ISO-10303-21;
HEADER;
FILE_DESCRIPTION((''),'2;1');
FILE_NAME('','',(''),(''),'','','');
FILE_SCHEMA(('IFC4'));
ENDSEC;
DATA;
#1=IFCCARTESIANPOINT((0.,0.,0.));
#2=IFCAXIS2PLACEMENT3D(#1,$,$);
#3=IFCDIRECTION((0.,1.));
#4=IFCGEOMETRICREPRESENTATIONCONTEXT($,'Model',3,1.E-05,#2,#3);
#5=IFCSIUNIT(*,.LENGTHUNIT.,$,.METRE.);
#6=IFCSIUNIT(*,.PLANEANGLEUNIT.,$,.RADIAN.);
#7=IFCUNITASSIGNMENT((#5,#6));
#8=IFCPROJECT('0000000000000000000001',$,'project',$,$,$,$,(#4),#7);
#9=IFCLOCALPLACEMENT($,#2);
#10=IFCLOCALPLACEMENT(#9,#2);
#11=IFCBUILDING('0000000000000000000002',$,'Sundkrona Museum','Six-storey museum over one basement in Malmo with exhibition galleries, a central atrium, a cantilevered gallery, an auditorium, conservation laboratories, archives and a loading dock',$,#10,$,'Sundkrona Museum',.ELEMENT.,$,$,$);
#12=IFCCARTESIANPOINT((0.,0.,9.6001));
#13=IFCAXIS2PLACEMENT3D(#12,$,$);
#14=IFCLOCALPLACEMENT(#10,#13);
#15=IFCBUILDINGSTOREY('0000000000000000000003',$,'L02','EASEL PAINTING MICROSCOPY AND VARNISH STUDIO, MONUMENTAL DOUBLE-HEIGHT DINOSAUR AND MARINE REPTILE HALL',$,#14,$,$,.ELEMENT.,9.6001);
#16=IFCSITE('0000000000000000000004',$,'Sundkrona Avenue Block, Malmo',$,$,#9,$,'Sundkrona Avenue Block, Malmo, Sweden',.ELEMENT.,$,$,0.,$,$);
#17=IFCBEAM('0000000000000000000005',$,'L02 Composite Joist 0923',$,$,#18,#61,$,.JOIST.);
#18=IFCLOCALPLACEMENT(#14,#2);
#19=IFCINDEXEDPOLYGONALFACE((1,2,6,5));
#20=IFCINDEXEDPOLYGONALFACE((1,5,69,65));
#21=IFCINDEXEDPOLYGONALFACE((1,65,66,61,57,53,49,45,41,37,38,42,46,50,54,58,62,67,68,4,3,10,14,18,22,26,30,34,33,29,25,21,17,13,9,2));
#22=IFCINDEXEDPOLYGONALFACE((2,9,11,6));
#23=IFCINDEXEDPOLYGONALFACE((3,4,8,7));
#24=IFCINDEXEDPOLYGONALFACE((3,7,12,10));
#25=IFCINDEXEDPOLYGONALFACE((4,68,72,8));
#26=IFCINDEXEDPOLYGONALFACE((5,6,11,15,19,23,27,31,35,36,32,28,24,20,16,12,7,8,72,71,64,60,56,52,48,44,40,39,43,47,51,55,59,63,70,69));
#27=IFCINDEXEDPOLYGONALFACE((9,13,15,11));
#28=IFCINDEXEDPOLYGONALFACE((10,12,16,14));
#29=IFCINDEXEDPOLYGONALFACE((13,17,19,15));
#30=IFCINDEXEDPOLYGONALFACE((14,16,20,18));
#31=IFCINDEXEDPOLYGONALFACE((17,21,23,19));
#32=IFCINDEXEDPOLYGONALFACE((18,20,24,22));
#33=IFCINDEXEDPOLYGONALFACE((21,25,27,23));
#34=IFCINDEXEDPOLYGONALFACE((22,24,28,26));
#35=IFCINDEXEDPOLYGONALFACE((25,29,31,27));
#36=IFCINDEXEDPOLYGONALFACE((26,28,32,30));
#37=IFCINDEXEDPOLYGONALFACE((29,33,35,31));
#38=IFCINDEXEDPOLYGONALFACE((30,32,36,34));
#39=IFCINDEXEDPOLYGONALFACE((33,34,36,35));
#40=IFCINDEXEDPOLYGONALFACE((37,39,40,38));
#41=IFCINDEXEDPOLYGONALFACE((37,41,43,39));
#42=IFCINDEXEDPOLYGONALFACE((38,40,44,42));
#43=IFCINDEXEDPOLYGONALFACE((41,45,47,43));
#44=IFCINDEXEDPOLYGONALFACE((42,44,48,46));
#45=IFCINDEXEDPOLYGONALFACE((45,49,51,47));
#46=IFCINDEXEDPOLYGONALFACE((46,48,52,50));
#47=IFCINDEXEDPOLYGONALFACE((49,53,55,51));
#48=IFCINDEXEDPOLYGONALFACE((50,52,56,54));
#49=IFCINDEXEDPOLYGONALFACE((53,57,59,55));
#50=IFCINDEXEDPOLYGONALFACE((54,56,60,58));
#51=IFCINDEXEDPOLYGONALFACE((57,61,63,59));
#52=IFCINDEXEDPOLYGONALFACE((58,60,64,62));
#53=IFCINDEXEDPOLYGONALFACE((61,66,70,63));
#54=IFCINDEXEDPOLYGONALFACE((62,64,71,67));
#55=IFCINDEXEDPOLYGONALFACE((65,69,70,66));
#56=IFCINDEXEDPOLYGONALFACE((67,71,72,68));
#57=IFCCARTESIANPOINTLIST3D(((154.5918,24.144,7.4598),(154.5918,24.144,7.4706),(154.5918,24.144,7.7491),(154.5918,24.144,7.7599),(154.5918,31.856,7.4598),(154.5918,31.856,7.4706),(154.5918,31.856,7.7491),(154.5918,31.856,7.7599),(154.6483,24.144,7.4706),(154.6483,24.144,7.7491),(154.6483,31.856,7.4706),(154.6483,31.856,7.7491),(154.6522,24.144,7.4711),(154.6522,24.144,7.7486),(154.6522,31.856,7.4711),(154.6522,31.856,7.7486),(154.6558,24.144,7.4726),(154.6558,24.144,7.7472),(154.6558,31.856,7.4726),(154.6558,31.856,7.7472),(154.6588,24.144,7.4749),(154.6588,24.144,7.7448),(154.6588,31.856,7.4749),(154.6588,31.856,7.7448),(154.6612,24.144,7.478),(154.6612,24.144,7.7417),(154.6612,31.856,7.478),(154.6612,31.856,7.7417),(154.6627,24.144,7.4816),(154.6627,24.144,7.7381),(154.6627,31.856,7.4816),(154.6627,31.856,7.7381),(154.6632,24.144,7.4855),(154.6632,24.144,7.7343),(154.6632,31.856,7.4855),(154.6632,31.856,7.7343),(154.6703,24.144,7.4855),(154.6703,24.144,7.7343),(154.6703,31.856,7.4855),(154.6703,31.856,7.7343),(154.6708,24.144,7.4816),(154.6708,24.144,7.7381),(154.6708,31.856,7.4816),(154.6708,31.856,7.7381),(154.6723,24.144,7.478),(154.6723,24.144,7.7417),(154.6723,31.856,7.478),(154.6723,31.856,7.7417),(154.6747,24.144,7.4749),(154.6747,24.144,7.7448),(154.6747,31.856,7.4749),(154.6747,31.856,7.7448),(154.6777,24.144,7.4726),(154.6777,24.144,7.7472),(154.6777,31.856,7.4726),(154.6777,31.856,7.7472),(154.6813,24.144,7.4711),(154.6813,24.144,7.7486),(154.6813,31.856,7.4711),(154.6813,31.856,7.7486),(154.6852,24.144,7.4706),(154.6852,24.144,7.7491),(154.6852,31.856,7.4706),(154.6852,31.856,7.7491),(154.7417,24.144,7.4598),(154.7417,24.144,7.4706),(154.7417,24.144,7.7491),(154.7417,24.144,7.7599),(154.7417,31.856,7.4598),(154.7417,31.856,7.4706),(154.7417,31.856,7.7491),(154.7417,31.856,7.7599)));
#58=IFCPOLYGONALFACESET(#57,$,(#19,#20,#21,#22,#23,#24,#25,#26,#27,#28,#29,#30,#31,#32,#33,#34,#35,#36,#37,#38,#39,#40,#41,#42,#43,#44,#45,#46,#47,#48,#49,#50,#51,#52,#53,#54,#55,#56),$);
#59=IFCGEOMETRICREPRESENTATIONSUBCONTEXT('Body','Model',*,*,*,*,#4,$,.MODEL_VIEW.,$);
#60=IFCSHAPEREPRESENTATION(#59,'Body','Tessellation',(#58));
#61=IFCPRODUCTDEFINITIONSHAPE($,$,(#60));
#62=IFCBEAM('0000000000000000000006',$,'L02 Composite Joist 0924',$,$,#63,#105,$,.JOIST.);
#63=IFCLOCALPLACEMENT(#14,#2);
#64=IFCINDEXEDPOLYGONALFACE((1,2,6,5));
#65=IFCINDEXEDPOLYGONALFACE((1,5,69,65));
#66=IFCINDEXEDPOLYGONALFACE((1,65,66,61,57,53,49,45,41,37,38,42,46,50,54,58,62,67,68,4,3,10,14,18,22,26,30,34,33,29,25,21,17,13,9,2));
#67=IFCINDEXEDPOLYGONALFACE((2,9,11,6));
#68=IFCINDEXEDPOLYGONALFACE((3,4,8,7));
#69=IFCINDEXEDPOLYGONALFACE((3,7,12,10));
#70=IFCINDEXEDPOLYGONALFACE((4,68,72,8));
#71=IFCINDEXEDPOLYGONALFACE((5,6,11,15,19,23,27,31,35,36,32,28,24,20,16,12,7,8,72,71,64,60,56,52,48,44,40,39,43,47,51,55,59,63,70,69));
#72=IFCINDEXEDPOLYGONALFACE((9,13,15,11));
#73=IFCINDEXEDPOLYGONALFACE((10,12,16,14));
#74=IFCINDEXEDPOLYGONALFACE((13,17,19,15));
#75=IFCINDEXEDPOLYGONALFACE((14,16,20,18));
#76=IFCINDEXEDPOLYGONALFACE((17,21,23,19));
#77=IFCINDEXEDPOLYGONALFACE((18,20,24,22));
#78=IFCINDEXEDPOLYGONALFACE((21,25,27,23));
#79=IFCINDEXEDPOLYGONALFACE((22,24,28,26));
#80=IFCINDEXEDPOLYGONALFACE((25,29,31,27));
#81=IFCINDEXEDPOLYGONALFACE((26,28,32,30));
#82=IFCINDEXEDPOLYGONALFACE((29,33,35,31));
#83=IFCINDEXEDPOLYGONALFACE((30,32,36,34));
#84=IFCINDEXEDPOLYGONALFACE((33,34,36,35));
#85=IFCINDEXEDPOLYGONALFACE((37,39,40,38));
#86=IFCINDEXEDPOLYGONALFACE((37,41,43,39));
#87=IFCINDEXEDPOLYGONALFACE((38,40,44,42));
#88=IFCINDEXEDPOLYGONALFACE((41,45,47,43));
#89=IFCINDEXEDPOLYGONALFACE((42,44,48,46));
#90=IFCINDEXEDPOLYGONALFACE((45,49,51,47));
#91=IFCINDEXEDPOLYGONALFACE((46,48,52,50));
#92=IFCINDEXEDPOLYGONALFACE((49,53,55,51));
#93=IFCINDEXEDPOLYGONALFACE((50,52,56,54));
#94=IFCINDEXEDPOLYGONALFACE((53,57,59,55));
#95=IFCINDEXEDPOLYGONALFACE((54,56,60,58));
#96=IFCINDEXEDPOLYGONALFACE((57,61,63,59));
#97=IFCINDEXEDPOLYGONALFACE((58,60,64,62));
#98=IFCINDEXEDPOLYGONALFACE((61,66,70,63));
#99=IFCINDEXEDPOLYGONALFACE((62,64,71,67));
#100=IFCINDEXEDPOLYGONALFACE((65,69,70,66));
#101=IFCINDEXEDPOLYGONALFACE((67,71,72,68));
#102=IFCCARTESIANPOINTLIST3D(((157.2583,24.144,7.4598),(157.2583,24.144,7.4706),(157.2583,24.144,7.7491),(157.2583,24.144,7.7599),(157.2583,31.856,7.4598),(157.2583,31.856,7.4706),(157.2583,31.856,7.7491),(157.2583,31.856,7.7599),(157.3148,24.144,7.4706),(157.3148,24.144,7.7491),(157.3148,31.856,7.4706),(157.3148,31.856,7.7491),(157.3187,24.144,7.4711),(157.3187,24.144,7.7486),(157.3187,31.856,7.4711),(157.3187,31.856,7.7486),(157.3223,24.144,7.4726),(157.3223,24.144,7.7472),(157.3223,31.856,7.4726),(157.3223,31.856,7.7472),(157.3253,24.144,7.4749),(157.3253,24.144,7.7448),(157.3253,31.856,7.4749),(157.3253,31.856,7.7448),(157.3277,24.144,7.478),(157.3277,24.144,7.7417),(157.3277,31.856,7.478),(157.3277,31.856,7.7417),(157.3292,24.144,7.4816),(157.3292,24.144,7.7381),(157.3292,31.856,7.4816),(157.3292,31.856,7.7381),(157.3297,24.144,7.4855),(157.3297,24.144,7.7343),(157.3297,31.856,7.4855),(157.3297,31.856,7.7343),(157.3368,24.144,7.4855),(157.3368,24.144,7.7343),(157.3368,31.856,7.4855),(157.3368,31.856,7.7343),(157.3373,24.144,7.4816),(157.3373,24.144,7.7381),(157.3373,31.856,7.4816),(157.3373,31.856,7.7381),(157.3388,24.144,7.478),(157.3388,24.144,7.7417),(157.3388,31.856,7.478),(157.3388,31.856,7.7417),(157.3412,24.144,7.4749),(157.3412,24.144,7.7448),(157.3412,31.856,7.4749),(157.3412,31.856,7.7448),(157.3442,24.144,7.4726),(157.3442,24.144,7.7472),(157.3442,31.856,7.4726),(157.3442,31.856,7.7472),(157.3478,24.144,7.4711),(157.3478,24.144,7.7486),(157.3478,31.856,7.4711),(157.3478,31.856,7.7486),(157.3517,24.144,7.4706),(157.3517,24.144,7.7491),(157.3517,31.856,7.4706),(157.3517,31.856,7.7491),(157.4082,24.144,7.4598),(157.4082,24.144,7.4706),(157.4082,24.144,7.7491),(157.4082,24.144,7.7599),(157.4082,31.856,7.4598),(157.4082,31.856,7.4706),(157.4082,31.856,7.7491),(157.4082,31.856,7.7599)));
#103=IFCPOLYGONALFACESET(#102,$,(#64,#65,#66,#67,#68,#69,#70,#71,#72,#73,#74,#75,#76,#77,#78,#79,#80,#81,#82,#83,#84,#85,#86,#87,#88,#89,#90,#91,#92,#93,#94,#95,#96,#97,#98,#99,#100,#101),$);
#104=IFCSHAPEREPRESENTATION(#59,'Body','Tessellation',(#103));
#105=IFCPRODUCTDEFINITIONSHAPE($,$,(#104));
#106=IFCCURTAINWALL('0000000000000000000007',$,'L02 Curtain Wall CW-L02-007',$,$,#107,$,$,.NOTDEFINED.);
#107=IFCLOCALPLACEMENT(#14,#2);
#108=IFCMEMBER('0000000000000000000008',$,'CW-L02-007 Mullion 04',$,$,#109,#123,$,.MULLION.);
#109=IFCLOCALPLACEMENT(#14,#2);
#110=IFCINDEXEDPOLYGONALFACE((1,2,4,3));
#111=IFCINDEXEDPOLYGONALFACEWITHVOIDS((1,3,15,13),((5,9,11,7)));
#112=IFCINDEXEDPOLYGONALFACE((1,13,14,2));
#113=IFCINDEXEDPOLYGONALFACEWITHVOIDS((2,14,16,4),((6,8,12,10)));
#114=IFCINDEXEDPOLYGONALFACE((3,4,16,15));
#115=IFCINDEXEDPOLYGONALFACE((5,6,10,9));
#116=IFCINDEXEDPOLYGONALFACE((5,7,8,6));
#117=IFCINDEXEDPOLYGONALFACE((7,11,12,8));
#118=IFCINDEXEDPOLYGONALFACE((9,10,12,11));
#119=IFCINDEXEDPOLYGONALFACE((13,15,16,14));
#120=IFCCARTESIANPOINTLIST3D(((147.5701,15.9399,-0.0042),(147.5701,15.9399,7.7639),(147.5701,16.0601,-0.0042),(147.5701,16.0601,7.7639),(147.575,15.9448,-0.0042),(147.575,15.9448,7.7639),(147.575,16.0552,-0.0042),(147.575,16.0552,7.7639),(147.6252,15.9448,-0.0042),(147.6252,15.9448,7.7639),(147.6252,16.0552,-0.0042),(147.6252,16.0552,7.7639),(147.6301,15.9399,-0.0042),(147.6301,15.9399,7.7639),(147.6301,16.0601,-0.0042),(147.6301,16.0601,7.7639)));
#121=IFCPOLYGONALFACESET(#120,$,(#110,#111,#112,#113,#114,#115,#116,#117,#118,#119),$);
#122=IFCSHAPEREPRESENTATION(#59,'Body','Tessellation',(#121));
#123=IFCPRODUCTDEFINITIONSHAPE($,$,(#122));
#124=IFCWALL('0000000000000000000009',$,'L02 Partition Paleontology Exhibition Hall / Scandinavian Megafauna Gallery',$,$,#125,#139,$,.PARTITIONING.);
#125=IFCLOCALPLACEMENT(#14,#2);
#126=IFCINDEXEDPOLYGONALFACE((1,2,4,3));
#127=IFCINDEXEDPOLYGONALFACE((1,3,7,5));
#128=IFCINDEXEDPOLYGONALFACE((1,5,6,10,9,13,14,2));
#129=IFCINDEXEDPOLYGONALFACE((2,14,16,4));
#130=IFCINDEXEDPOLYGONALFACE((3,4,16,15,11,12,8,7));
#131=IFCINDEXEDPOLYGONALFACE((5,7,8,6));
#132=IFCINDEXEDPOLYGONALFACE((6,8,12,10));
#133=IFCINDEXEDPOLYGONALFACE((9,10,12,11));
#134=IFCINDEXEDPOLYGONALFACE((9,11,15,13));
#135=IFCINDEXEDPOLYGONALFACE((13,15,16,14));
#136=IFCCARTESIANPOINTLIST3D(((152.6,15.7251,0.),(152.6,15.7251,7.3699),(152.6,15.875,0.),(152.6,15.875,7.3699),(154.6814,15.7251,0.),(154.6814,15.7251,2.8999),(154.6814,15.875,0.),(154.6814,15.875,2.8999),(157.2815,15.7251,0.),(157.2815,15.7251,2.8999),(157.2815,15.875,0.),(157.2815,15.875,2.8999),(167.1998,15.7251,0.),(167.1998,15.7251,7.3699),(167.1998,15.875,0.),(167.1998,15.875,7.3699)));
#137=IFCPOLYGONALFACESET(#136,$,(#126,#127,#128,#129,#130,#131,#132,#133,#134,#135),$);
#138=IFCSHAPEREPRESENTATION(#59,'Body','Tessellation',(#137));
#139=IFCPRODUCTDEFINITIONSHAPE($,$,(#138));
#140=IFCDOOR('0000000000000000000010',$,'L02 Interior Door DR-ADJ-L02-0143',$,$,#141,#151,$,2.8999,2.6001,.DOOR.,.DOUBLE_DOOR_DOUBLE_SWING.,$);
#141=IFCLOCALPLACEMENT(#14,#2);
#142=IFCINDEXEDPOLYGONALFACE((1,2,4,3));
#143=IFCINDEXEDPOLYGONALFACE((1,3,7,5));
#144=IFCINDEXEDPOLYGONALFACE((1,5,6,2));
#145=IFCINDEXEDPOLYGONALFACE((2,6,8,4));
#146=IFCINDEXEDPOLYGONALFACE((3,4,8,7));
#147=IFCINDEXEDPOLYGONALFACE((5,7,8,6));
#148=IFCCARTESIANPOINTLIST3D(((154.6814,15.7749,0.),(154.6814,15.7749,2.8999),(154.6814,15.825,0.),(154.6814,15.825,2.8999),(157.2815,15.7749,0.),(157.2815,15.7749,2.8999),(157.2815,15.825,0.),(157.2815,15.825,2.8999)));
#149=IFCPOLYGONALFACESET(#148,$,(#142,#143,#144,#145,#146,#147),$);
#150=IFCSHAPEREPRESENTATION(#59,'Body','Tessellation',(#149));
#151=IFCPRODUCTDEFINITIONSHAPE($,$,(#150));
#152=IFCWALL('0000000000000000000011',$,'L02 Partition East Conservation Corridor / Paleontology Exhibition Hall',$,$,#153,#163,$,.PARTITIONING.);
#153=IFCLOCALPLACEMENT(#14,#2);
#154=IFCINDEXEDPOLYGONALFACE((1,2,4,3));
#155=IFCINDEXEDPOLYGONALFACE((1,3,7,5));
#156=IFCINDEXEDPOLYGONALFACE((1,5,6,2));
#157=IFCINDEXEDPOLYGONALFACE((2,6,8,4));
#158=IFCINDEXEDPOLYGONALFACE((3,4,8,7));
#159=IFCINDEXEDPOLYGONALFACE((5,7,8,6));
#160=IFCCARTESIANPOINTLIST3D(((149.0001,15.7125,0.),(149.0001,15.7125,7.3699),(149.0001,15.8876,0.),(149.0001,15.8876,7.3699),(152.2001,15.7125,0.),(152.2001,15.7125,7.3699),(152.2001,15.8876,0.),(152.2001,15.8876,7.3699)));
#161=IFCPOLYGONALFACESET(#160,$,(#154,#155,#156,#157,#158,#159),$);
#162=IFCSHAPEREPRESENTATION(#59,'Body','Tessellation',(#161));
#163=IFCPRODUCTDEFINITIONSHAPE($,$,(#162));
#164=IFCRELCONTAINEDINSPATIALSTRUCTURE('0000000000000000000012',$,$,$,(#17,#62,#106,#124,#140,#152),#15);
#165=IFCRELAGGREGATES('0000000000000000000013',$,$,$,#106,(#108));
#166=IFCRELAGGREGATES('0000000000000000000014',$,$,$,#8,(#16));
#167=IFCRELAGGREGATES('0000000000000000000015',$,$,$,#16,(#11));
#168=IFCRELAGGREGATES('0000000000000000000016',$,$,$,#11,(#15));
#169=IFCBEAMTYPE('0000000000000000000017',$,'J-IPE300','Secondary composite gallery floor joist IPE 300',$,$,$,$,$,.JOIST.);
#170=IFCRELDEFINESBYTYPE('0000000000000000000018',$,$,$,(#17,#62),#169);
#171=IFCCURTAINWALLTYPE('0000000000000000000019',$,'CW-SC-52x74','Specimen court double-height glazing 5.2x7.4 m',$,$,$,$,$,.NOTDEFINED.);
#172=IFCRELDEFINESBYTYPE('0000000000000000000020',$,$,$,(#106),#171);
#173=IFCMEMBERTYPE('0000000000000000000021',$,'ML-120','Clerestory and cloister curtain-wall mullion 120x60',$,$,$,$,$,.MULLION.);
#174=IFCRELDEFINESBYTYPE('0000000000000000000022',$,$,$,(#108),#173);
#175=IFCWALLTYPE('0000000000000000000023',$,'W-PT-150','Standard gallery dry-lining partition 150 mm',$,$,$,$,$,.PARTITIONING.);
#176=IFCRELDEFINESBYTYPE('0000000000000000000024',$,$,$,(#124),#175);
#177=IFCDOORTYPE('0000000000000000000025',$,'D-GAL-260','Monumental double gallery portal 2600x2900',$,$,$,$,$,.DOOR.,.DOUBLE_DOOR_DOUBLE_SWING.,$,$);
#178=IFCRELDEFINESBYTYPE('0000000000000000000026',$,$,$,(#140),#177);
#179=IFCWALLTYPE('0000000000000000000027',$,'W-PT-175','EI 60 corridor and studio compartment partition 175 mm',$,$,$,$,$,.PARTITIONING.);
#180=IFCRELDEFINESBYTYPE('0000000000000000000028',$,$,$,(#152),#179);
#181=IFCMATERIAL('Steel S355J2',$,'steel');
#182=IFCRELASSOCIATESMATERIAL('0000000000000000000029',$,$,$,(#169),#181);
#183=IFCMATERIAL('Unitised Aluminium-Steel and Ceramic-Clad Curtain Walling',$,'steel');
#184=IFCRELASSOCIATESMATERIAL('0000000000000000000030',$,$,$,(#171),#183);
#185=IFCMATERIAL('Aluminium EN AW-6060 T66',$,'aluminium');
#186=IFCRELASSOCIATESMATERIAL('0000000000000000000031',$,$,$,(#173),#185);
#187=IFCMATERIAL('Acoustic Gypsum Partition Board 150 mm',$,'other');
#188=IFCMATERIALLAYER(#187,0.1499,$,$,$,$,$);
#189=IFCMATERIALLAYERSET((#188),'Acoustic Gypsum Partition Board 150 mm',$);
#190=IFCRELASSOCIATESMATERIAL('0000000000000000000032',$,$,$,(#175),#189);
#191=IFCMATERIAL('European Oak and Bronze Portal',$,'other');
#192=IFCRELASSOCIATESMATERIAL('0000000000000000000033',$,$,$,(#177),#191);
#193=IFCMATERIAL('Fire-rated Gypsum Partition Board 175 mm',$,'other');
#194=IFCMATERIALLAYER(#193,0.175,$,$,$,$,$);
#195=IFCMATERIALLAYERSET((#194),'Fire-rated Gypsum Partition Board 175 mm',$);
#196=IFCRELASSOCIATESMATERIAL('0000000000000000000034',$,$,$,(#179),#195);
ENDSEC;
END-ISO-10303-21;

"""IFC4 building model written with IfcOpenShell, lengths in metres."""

from ifc_helpers import new_model, si_unit, direction, frame, frame_2d, origin, origin_2d, place, context, subcontext, project, spatial, rectangle, hollow_rectangle, i_section, extrude, material, layer, layer_set, material_profile, profile_set, type_object, element, fill, aggregate, save


model = new_model("IFC4")

# Units and contexts
model_context = context("Model", 3, precision=1e-05, world=origin(), true_north=direction((0.0, 1.0)))
body_context = subcontext(model_context, "Body", "Model", "MODEL_VIEW")
ifc_project = project(units=[si_unit("LENGTHUNIT", "METRE"), si_unit("PLANEANGLEUNIT", "RADIAN")], contexts=[model_context])

# Site, building, storey
site_placement = place(None, origin())
site = spatial("IfcSite", under=ifc_project, at=site_placement, Name="Sundkrona Avenue Block, Malmo", LongName="Sundkrona Avenue Block, Malmo, Sweden", CompositionType="ELEMENT", RefElevation=0.0)
building_placement = place(site_placement, origin())
building = spatial("IfcBuilding", under=site, at=building_placement, Name="Sundkrona Museum", Description="Six-storey museum over one basement in Malmo with exhibition galleries, a central atrium, a cantilevered gallery, an auditorium, conservation laboratories, archives and a loading dock", LongName="Sundkrona Museum", CompositionType="ELEMENT")
storey_placement = place(building_placement, frame((0.0, 0.0, 9.6001)))
storey = spatial("IfcBuildingStorey", under=building, at=storey_placement, Name="L02", Description="EASEL PAINTING MICROSCOPY AND VARNISH STUDIO, MONUMENTAL DOUBLE-HEIGHT DINOSAUR AND MARINE REPTILE HALL", CompositionType="ELEMENT", Elevation=9.6001)

# Shared definitions
ifc_material_1 = material(Name="Steel S355J2", Category="steel")

# Beams
ifc_material_profile_1 = material_profile(ifc_material_1, i_section(OverallWidth=0.1499, OverallDepth=0.3, WebThickness=0.0071, FlangeThickness=0.0107, FilletRadius=0.0149, at=origin_2d()), Name="IPE 300")
ifc_profile_set_1 = profile_set([ifc_material_profile_1], Name="Steel S355J2")
beam_type_1 = type_object("IfcBeamType", Name="J-IPE300", Description="Secondary composite gallery floor joist IPE 300", PredefinedType="JOIST", material=ifc_profile_set_1)
for number, where, z_axis, x_axis, name in (
    (1, (154.6667, 24.144, 7.6099), (0.0, 1.0, 0.0), (-1.0, 0.0, 0.0), "L02 Composite Joist 0923"),
    (2, (157.3333, 24.144, 7.6099), (0.0, 1.0, 0.0), (-1.0, 0.0, 0.0), "L02 Composite Joist 0924"),
):
    element("IfcBeam", number, at=place(storey_placement, frame(where, z_axis=z_axis, x_axis=x_axis)), inside=storey, type_object=beam_type_1, Name=name, PredefinedType="JOIST", context=body_context, shape_type="SweptSolid", body=[
        extrude(i_section(OverallWidth=0.1499, OverallDepth=0.3, WebThickness=0.0071, FlangeThickness=0.0107, FilletRadius=0.0149, at=origin_2d()), origin(), (0.0, 0.0, 1.0), 7.7119),
    ])

# Curtain wall, member
ifc_material_2 = material(Name="Unitised Aluminium-Steel and Ceramic-Clad Curtain Walling", Category="steel")
curtain_wall_type = type_object("IfcCurtainWallType", Name="CW-SC-52x74", Description="Specimen court double-height glazing 5.2x7.4 m", PredefinedType="NOTDEFINED", material=ifc_material_2)
curtain_wall_placement = place(storey_placement, origin())
curtain_wall = element("IfcCurtainWall", 3, at=curtain_wall_placement, inside=storey, type_object=curtain_wall_type, Name="L02 Curtain Wall CW-L02-007", PredefinedType="NOTDEFINED")
ifc_material_3 = material(Name="Aluminium EN AW-6060 T66", Category="aluminium")
ifc_material_profile_2 = material_profile(ifc_material_3, hollow_rectangle(XDim=0.0601, YDim=0.1201, WallThickness=0.0049, at=origin_2d()), Name="RHS 120x60x5.0")
ifc_profile_set_2 = profile_set([ifc_material_profile_2], Name="Aluminium EN AW-6060 T66")
member_type = type_object("IfcMemberType", Name="ML-120", Description="Clerestory and cloister curtain-wall mullion 120x60", PredefinedType="MULLION", material=ifc_profile_set_2)
member_placement = place(storey_placement, frame((147.6001, 16.0, -0.0042), z_axis=(0.0, 0.0, 1.0), x_axis=(1.0, 0.0, 0.0)))
member = element("IfcMember", 4, at=member_placement, type_object=member_type, Name="CW-L02-007 Mullion 04", PredefinedType="MULLION", context=body_context, shape_type="SweptSolid", body=[
    extrude(hollow_rectangle(XDim=0.0601, YDim=0.1201, WallThickness=0.0049, at=origin_2d()), origin(), (0.0, 0.0, 1.0), 7.7681),
])
aggregate(curtain_wall, [member])

# Wall, opening, door
ifc_material_4 = material(Name="Acoustic Gypsum Partition Board 150 mm", Category="other")
ifc_layer_1 = layer(ifc_material_4, 0.1499)
ifc_layer_set_1 = layer_set([ifc_layer_1], Name="Acoustic Gypsum Partition Board 150 mm")
wall_type_1 = type_object("IfcWallType", Name="W-PT-150", Description="Standard gallery dry-lining partition 150 mm", PredefinedType="PARTITIONING", material=ifc_layer_set_1)
wall_1_placement = place(storey_placement, frame((152.6001, 15.8, 0.0), z_axis=(0.0, 0.0, 1.0), x_axis=(1.0, 0.0, 0.0)))
wall_1 = element("IfcWall", 5, at=wall_1_placement, inside=storey, type_object=wall_type_1, Name="L02 Partition Paleontology Exhibition Hall / Scandinavian Megafauna Gallery", PredefinedType="PARTITIONING", context=body_context, shape_type="SweptSolid", body=[
    extrude(rectangle(XDim=14.5999, YDim=0.1499, at=frame_2d((7.2998, 0.0))), origin(), (0.0, 0.0, 1.0), 7.3699),
])
opening_1_placement = place(wall_1_placement, frame((2.0813, 0.0, 0.0)))
opening_1 = element("IfcOpeningElement", 6, at=opening_1_placement, cuts=wall_1, PredefinedType="OPENING", context=body_context, shape_type="SweptSolid", body=[
    extrude(rectangle(XDim=2.6001, YDim=2.8999, at=frame_2d((1.3, 1.45))), frame((0.0, 0.085, 0.0), z_axis=(0.0, -1.0, 0.0), x_axis=(1.0, 0.0, 0.0)), (0.0, 0.0, 1.0), 0.1699),
])
ifc_material_5 = material(Name="European Oak and Bronze Portal", Category="other")
door_type_1 = type_object("IfcDoorType", Name="D-GAL-260", Description="Monumental double gallery portal 2600x2900", OperationType="DOUBLE_DOOR_DOUBLE_SWING", PredefinedType="DOOR", material=ifc_material_5)
door_1_placement = place(opening_1_placement, origin())
door_1 = element("IfcDoor", 7, at=door_1_placement, inside=storey, type_object=door_type_1, Name="L02 Interior Door DR-ADJ-L02-0143", OperationType="DOUBLE_DOOR_DOUBLE_SWING", OverallHeight=2.8999, OverallWidth=2.6001, PredefinedType="DOOR", context=body_context, shape_type="SweptSolid", body=[
    extrude(rectangle(XDim=2.6001, YDim=2.8999, at=frame_2d((1.3, 1.45))), frame((0.0, 0.0249, 0.0), z_axis=(0.0, -1.0, 0.0), x_axis=(1.0, 0.0, 0.0)), (0.0, 0.0, 1.0), 0.05),
])
fill(opening_1, door_1)

# Wall
ifc_material_6 = material(Name="Fire-rated Gypsum Partition Board 175 mm", Category="other")
ifc_layer_2 = layer(ifc_material_6, 0.175)
ifc_layer_set_2 = layer_set([ifc_layer_2], Name="Fire-rated Gypsum Partition Board 175 mm")
wall_type_2 = type_object("IfcWallType", Name="W-PT-175", Description="EI 60 corridor and studio compartment partition 175 mm", PredefinedType="PARTITIONING", material=ifc_layer_set_2)
wall_2_placement = place(storey_placement, frame((149.0, 15.8, 0.0), z_axis=(0.0, 0.0, 1.0), x_axis=(1.0, 0.0, 0.0)))
element("IfcWall", 8, at=wall_2_placement, inside=storey, type_object=wall_type_2, Name="L02 Partition East Conservation Corridor / Paleontology Exhibition Hall", PredefinedType="PARTITIONING", context=body_context, shape_type="SweptSolid", body=[
    extrude(rectangle(XDim=3.2, YDim=0.175, at=frame_2d((1.6001, 0.0))), origin(), (0.0, 0.0, 1.0), 7.3699),
])

save(model, "model.ifc")
